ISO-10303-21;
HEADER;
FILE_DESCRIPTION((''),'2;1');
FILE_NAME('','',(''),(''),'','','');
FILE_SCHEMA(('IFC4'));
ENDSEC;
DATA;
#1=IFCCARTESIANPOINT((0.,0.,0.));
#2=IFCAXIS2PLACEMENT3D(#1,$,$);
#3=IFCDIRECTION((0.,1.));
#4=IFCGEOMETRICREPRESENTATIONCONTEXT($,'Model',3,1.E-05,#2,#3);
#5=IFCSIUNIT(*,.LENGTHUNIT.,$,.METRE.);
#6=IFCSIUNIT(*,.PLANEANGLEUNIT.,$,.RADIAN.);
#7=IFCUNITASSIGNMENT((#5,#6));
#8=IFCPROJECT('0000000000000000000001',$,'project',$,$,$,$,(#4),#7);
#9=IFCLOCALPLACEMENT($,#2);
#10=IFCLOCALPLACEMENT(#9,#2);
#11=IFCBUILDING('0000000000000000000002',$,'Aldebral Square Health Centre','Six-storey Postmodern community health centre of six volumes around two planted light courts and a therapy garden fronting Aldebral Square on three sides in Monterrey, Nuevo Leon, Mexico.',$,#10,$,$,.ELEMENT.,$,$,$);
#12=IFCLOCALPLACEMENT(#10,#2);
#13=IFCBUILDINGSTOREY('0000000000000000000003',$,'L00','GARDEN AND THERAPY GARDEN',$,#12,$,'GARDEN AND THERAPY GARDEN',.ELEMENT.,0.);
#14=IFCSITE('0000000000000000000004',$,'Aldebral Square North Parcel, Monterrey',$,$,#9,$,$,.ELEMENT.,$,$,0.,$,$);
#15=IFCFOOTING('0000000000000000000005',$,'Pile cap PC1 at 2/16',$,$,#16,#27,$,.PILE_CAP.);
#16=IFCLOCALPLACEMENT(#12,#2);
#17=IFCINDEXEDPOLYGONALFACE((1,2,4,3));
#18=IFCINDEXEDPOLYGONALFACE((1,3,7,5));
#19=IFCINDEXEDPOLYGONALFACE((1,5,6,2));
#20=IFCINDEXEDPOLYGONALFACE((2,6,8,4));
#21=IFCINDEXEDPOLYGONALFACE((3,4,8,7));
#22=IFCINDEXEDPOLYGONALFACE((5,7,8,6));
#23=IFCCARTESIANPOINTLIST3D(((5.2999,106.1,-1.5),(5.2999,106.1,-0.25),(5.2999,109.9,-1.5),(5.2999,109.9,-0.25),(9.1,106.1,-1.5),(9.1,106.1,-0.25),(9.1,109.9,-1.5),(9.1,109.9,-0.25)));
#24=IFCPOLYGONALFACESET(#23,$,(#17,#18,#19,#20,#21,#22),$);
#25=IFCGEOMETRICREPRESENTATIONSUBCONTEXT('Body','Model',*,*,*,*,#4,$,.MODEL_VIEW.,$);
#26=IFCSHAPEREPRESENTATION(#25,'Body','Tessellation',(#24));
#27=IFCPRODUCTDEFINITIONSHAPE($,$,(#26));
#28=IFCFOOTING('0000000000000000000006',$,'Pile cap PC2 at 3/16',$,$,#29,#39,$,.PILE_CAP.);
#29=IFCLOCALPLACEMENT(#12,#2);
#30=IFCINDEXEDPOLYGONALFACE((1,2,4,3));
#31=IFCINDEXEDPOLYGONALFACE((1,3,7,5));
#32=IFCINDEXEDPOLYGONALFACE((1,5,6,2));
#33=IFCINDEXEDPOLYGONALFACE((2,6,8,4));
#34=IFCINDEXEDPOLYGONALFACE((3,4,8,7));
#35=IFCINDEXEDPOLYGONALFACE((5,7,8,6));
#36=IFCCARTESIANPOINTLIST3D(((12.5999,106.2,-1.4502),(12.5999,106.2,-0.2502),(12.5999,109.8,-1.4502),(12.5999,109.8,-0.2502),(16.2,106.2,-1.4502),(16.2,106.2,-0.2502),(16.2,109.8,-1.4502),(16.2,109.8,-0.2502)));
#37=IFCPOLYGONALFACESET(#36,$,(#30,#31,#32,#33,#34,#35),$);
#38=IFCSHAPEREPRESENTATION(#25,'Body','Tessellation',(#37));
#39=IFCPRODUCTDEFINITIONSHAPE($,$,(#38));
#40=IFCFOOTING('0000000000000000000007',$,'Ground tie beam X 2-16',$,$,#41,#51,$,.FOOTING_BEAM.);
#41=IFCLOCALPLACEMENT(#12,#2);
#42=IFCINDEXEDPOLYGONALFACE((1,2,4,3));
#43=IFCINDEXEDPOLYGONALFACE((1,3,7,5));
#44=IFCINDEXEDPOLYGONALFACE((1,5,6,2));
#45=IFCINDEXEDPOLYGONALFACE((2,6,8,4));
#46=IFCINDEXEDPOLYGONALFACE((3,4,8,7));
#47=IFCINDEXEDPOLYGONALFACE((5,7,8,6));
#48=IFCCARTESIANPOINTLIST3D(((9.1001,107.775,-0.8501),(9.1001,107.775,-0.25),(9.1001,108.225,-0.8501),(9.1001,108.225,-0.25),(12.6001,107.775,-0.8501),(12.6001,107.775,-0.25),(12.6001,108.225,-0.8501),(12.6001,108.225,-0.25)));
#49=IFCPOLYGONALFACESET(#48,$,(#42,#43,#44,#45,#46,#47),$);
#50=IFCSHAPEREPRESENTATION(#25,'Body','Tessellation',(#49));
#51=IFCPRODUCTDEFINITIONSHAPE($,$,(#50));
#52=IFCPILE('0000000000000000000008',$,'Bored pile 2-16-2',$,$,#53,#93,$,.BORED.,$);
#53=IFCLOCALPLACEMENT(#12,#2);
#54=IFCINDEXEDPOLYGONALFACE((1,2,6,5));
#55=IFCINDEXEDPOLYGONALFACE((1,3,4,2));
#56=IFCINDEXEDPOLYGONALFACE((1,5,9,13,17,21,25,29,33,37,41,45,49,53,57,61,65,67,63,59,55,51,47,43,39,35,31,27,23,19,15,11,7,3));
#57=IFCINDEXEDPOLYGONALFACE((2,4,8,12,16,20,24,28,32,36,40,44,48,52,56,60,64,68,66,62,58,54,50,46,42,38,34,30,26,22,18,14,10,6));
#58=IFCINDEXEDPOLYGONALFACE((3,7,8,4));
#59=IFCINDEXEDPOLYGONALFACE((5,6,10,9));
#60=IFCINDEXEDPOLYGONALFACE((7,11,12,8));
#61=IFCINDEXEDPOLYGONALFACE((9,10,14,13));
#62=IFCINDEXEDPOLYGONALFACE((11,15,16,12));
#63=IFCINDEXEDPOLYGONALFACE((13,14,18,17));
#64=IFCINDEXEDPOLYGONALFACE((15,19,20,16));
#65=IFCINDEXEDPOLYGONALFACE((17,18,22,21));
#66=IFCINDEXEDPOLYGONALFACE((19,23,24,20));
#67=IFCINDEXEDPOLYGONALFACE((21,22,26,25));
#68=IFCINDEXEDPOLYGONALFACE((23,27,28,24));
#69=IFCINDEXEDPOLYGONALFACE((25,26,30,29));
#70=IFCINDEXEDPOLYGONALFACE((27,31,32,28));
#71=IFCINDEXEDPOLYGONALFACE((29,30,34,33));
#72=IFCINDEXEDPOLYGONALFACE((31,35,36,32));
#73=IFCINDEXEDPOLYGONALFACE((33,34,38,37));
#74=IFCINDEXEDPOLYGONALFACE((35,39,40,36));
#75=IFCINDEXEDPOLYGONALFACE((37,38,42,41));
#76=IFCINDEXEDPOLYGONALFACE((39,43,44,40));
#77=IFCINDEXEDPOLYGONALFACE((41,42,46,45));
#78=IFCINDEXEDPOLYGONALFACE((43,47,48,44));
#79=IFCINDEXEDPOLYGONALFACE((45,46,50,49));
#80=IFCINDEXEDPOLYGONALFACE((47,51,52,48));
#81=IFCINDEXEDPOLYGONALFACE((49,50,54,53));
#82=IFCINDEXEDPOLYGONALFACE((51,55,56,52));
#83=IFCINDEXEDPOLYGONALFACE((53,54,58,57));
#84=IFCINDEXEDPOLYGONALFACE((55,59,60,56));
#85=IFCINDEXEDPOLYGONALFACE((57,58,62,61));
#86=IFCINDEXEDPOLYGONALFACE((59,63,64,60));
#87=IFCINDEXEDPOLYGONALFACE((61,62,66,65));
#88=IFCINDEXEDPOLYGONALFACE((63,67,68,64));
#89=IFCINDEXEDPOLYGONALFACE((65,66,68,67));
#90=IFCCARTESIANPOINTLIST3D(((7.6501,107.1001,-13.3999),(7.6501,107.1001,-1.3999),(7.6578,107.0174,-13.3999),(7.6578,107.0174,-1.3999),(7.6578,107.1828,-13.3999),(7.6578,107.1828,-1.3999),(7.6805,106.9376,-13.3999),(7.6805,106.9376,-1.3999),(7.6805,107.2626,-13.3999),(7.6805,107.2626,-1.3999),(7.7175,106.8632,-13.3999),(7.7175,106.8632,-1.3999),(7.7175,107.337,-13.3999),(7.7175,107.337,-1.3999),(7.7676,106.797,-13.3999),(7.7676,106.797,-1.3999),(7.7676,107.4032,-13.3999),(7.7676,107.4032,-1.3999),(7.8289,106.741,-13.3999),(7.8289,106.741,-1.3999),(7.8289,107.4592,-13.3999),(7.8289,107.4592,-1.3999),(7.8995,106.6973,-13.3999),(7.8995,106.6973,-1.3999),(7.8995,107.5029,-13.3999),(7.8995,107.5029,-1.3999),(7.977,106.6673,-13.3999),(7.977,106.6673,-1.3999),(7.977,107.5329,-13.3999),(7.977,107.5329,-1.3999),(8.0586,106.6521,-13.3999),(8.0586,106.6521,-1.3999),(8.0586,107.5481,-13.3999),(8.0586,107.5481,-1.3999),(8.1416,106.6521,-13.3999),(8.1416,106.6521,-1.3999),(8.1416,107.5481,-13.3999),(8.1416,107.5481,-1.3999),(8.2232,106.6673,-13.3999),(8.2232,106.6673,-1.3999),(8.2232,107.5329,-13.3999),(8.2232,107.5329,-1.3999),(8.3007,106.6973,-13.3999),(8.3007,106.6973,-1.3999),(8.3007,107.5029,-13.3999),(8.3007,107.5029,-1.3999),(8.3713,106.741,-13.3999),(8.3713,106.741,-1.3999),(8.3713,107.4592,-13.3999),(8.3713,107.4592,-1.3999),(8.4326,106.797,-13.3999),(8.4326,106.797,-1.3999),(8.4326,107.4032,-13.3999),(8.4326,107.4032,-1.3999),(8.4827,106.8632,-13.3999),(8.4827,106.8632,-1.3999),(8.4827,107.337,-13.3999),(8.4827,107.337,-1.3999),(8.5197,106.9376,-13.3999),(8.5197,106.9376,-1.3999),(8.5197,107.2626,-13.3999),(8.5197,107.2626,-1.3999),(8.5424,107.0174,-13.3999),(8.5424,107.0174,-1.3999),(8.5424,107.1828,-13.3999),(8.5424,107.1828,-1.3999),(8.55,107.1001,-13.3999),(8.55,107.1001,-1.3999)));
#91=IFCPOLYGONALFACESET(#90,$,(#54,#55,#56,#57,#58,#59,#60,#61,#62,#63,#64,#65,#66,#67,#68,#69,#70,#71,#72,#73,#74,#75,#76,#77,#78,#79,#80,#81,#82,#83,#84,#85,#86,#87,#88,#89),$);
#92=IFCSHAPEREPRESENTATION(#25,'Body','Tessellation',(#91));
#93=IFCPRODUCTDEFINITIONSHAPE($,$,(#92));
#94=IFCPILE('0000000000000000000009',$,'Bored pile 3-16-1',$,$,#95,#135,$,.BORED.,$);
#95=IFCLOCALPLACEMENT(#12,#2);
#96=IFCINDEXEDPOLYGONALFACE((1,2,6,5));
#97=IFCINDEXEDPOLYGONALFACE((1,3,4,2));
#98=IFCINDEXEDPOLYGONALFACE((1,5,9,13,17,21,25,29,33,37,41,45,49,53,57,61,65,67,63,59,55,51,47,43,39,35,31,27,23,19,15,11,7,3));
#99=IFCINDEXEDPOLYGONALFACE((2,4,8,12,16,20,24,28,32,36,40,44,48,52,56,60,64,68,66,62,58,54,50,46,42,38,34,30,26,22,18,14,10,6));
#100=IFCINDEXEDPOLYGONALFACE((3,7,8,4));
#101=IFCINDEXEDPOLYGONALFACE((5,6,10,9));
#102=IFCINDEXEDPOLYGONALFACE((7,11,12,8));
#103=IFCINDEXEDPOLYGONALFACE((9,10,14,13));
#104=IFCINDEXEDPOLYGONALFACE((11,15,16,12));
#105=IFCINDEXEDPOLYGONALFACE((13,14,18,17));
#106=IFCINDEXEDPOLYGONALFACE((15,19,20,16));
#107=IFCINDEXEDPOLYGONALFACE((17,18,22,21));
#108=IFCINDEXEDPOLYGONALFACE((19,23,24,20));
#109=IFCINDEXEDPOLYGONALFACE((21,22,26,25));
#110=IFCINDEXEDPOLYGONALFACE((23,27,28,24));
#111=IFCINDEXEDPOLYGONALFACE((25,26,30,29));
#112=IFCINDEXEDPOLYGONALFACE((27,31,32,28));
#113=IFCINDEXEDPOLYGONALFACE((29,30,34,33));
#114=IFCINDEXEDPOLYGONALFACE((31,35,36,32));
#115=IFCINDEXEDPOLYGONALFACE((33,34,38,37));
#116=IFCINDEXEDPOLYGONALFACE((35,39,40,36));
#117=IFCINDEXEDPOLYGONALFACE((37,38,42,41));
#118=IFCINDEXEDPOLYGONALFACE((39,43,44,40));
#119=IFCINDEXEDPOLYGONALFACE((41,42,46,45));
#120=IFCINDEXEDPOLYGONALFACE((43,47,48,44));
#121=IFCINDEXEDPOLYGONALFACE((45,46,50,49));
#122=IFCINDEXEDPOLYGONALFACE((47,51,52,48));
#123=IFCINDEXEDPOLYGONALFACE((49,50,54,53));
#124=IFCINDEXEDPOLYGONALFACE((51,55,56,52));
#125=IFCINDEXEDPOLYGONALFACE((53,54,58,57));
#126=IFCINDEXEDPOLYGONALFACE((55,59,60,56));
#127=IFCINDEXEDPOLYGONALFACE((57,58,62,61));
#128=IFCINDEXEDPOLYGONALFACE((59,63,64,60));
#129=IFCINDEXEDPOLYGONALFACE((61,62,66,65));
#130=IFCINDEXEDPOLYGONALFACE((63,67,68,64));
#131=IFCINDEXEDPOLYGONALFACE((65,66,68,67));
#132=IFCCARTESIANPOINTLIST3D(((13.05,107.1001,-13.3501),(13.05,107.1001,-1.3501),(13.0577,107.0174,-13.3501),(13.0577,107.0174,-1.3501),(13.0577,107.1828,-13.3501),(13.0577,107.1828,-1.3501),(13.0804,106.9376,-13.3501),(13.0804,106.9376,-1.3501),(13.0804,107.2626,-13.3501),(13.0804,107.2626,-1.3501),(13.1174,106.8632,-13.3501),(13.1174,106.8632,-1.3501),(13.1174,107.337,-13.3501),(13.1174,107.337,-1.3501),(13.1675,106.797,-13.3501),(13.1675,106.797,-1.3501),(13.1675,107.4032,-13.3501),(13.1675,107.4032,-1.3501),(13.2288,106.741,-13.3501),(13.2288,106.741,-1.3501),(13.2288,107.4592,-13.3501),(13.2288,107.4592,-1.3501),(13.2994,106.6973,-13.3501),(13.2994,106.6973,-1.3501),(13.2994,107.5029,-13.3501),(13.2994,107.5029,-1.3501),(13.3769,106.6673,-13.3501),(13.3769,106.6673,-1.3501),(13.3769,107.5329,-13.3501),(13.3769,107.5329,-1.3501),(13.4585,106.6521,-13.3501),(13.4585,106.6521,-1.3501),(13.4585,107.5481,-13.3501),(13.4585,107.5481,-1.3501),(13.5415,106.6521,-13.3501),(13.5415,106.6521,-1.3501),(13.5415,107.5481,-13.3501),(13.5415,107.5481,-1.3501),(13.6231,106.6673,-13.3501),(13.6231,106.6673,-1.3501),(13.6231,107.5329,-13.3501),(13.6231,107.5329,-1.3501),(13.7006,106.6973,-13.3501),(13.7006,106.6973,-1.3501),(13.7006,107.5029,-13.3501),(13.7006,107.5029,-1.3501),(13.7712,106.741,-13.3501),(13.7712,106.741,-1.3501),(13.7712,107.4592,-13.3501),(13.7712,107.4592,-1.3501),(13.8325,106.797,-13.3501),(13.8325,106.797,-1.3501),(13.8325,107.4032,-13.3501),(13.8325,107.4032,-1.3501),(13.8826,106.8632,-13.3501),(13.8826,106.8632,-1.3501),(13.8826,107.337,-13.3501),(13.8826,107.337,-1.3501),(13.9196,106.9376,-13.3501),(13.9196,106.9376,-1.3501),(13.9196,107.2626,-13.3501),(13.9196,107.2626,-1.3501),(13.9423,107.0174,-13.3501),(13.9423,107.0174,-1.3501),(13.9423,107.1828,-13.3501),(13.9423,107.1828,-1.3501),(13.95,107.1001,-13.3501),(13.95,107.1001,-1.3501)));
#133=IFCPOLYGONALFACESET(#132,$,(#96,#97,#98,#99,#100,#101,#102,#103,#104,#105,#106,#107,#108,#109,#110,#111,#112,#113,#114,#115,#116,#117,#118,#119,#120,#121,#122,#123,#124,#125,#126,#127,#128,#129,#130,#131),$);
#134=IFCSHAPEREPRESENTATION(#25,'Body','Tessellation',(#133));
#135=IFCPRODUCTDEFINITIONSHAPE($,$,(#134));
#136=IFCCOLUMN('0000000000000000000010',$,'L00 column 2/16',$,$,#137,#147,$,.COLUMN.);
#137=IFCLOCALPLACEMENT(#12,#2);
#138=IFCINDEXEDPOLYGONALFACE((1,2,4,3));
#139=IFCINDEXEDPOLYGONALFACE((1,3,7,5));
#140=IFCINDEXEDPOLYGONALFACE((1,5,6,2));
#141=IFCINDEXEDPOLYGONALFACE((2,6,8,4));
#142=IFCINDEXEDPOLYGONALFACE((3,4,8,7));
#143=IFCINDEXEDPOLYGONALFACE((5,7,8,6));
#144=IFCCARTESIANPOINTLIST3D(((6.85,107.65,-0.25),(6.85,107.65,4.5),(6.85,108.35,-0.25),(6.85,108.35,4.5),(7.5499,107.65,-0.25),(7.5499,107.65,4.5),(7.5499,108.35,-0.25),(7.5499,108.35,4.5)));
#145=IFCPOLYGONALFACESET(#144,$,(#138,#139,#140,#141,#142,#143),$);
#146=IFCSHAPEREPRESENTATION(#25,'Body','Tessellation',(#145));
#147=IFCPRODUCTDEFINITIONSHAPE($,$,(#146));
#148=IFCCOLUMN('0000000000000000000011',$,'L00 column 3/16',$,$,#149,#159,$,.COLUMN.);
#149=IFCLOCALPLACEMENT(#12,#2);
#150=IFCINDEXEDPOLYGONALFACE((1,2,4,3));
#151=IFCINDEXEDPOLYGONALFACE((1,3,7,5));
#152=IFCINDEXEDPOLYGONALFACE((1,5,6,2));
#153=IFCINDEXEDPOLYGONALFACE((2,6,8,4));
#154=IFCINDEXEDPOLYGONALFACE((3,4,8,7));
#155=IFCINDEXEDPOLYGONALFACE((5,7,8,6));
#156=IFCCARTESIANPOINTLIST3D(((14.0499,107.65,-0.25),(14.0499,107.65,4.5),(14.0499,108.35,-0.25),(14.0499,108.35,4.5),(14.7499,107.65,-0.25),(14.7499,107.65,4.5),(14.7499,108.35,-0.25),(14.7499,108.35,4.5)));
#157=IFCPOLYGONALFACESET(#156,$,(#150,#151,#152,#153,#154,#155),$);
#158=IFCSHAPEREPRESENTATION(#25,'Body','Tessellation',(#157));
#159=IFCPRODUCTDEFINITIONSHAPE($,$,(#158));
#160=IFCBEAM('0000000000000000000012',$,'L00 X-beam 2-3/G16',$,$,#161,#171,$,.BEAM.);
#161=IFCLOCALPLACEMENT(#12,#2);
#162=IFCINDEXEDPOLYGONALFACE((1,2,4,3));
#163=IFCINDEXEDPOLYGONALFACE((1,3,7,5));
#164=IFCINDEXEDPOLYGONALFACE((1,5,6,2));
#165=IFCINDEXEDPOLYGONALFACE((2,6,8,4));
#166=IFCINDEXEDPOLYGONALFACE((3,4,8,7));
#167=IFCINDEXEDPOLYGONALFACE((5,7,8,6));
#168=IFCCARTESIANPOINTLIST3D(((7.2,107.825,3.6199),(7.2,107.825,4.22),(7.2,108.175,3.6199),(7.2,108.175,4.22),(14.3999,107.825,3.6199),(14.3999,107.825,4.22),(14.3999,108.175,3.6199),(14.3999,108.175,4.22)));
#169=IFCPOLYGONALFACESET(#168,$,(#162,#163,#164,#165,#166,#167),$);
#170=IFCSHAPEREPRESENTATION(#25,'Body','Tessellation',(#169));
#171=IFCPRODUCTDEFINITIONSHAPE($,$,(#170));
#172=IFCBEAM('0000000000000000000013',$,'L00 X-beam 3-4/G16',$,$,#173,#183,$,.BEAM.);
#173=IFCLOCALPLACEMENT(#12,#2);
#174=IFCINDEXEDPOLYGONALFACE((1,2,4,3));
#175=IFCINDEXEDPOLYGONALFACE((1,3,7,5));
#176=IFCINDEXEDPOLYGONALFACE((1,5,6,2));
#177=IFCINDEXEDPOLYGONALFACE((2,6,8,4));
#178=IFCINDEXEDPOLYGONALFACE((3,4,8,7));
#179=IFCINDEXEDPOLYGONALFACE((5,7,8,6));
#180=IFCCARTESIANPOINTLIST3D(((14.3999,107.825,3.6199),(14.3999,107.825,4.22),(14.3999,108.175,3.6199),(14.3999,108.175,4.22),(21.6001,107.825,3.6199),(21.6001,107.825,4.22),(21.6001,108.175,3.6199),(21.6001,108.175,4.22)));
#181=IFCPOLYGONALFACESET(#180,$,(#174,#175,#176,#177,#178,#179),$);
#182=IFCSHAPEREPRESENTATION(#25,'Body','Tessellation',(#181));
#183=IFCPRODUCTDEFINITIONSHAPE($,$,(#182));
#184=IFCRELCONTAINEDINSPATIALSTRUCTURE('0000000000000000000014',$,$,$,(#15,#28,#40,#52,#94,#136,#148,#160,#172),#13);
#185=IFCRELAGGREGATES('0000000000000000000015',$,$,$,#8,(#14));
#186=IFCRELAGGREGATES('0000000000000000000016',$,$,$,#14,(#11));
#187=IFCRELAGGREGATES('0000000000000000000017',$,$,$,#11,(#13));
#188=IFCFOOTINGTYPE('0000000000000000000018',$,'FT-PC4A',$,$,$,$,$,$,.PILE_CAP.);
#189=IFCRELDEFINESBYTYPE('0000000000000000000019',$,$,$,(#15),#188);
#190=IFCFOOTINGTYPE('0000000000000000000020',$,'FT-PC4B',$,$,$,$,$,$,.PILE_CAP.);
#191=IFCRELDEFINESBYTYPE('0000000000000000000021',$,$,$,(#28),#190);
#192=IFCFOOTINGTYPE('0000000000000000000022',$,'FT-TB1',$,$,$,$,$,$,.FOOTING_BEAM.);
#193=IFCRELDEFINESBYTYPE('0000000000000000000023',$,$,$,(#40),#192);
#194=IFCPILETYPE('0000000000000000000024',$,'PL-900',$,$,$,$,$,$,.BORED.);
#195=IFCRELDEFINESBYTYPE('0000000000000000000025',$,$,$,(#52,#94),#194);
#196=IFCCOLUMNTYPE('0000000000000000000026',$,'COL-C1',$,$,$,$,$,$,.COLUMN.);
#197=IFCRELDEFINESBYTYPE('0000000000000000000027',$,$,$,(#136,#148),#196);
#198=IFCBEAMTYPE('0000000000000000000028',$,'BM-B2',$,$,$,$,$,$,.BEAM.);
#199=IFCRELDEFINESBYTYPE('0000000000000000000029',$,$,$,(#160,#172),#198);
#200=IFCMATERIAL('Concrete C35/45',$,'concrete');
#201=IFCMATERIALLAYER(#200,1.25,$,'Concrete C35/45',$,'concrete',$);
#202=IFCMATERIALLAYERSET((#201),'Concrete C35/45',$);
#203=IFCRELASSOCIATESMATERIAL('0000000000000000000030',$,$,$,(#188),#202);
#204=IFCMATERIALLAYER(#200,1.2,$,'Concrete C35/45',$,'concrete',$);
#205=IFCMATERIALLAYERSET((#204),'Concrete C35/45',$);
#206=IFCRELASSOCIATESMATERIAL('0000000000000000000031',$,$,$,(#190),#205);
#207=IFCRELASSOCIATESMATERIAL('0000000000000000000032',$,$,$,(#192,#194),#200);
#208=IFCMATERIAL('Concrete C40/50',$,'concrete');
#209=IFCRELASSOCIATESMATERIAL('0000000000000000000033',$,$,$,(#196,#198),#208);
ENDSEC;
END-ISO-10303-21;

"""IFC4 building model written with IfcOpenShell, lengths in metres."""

from ifc_helpers import new_model, si_unit, direction, frame, origin, origin_2d, place, context, subcontext, project, spatial, rectangle, circle, extrude, material, layer, layer_set, material_profile, profile_set, type_object, element, save


model = new_model("IFC4")

# Units and contexts
model_context = context("Model", 3, precision=1e-05, world=origin(), true_north=direction((0.0, 1.0)))
body_context = subcontext(model_context, "Body", "Model", "MODEL_VIEW")
ifc_project = project(units=[si_unit("LENGTHUNIT", "METRE"), si_unit("PLANEANGLEUNIT", "RADIAN")], contexts=[model_context])

# Site, building, storey
site_placement = place(None, origin())
site = spatial("IfcSite", under=ifc_project, at=site_placement, Name="Aldebral Square North Parcel, Monterrey", CompositionType="ELEMENT", RefElevation=0.0)
building_placement = place(site_placement, origin())
building = spatial("IfcBuilding", under=site, at=building_placement, Name="Aldebral Square Health Centre", Description="Six-storey Postmodern community health centre of six volumes around two planted light courts and a therapy garden fronting Aldebral Square on three sides in Monterrey, Nuevo Leon, Mexico.", CompositionType="ELEMENT")
storey_placement = place(building_placement, origin())
storey = spatial("IfcBuildingStorey", under=building, at=storey_placement, Name="L00", Description="GARDEN AND THERAPY GARDEN", LongName="GARDEN AND THERAPY GARDEN", CompositionType="ELEMENT", Elevation=0.0)

# Footings
ifc_material_1 = material(Name="Concrete C35/45", Category="concrete")
ifc_layer_1 = layer(ifc_material_1, 1.25, Name="Concrete C35/45", Category="concrete")
ifc_layer_set_1 = layer_set([ifc_layer_1], Name="Concrete C35/45")
footing_type_1 = type_object("IfcFootingType", Name="FT-PC4A", PredefinedType="PILE_CAP", material=ifc_layer_set_1)
footing_1_placement = place(storey_placement, frame((7.2, 108.0, -1.5), z_axis=(0.0, 0.0, 1.0), x_axis=(1.0, 0.0, 0.0)))
element("IfcFooting", 1, at=footing_1_placement, inside=storey, type_object=footing_type_1, Name="Pile cap PC1 at 2/16", PredefinedType="PILE_CAP", context=body_context, shape_type="SweptSolid", body=[
    extrude(rectangle(XDim=3.8, YDim=3.8, at=origin_2d()), origin(), (0.0, 0.0, 1.0), 1.25),
])
ifc_layer_2 = layer(ifc_material_1, 1.2, Name="Concrete C35/45", Category="concrete")
ifc_layer_set_2 = layer_set([ifc_layer_2], Name="Concrete C35/45")
footing_type_2 = type_object("IfcFootingType", Name="FT-PC4B", PredefinedType="PILE_CAP", material=ifc_layer_set_2)
footing_2_placement = place(storey_placement, frame((14.3999, 108.0, -1.4502), z_axis=(0.0, 0.0, 1.0), x_axis=(1.0, 0.0, 0.0)))
element("IfcFooting", 2, at=footing_2_placement, inside=storey, type_object=footing_type_2, Name="Pile cap PC2 at 3/16", PredefinedType="PILE_CAP", context=body_context, shape_type="SweptSolid", body=[
    extrude(rectangle(XDim=3.6001, YDim=3.6001, at=origin_2d()), origin(), (0.0, 0.0, 1.0), 1.2),
])
ifc_material_profile_1 = material_profile(ifc_material_1, rectangle(XDim=0.45, YDim=0.6001, at=origin_2d()), Name="RC 450x600")
ifc_profile_set_1 = profile_set([ifc_material_profile_1], Name="Concrete C35/45")
footing_type_3 = type_object("IfcFootingType", Name="FT-TB1", PredefinedType="FOOTING_BEAM", material=ifc_profile_set_1)
footing_3_placement = place(storey_placement, frame((9.1001, 108.0, -0.55), z_axis=(1.0, 0.0, 0.0), x_axis=(0.0, 1.0, 0.0)))
element("IfcFooting", 3, at=footing_3_placement, inside=storey, type_object=footing_type_3, Name="Ground tie beam X 2-16", PredefinedType="FOOTING_BEAM", context=body_context, shape_type="SweptSolid", body=[
    extrude(rectangle(XDim=0.45, YDim=0.6001, at=origin_2d()), origin(), (0.0, 0.0, 1.0), 3.5),
])

# Piles
ifc_material_profile_2 = material_profile(ifc_material_1, circle(Radius=0.45, at=origin_2d()), Name="PILE D900")
ifc_profile_set_2 = profile_set([ifc_material_profile_2], Name="Concrete C35/45")
pile_type = type_object("IfcPileType", Name="PL-900", PredefinedType="BORED", material=ifc_profile_set_2)
for number, where, z_axis, x_axis, name in (
    (4, (8.1001, 107.1001, -1.3999), (0.0, 0.0, -1.0), (1.0, 0.0, 0.0), "Bored pile 2-16-2"),
    (5, (13.5, 107.1001, -1.3501), (0.0, 0.0, -1.0), (1.0, 0.0, 0.0), "Bored pile 3-16-1"),
):
    element("IfcPile", number, at=place(storey_placement, frame(where, z_axis=z_axis, x_axis=x_axis)), inside=storey, type_object=pile_type, Name=name, PredefinedType="BORED", context=body_context, shape_type="SweptSolid", body=[
        extrude(circle(Radius=0.45, at=origin_2d()), origin(), (0.0, 0.0, 1.0), 12.0),
    ])

# Columns
ifc_material_2 = material(Name="Concrete C40/50", Category="concrete")
ifc_material_profile_3 = material_profile(ifc_material_2, rectangle(XDim=0.7, YDim=0.7, at=origin_2d()), Name="RC 700x700")
ifc_profile_set_3 = profile_set([ifc_material_profile_3], Name="Concrete C40/50")
column_type = type_object("IfcColumnType", Name="COL-C1", PredefinedType="COLUMN", material=ifc_profile_set_3)
for number, where, z_axis, x_axis, name in (
    (6, (7.2, 108.0, -0.25), (0.0, 0.0, 1.0), (1.0, 0.0, 0.0), "L00 column 2/16"),
    (7, (14.3999, 108.0, -0.25), (0.0, 0.0, 1.0), (1.0, 0.0, 0.0), "L00 column 3/16"),
):
    element("IfcColumn", number, at=place(storey_placement, frame(where, z_axis=z_axis, x_axis=x_axis)), inside=storey, type_object=column_type, Name=name, PredefinedType="COLUMN", context=body_context, shape_type="SweptSolid", body=[
        extrude(rectangle(XDim=0.7, YDim=0.7, at=origin_2d()), origin(), (0.0, 0.0, 1.0), 4.75),
    ])

# Beams
ifc_material_profile_4 = material_profile(ifc_material_2, rectangle(XDim=0.3501, YDim=0.6001, at=origin_2d()), Name="RC 350x600")
ifc_profile_set_4 = profile_set([ifc_material_profile_4], Name="Concrete C40/50")
beam_type_1 = type_object("IfcBeamType", Name="BM-B2", PredefinedType="BEAM", material=ifc_profile_set_4)
beam_1_placement = place(storey_placement, frame((7.2, 108.0, 3.9199), z_axis=(1.0, 0.0, 0.0), x_axis=(0.0, 1.0, 0.0)))
element("IfcBeam", 8, at=beam_1_placement, inside=storey, type_object=beam_type_1, Name="L00 X-beam 2-3/G16", PredefinedType="BEAM", context=body_context, shape_type="SweptSolid", body=[
    extrude(rectangle(XDim=0.3501, YDim=0.6001, at=origin_2d()), origin(), (0.0, 0.0, 1.0), 7.2),
])
beam_2_placement = place(storey_placement, frame((14.3999, 108.0, 3.9199), z_axis=(1.0, 0.0, 0.0), x_axis=(0.0, 1.0, 0.0)))
element("IfcBeam", 9, at=beam_2_placement, inside=storey, type_object=beam_type_1, Name="L00 X-beam 3-4/G16", PredefinedType="BEAM", context=body_context, shape_type="SweptSolid", body=[
    extrude(rectangle(XDim=0.3501, YDim=0.6001, at=origin_2d()), origin(), (0.0, 0.0, 1.0), 7.2002),
])

save(model, "model.ifc")
